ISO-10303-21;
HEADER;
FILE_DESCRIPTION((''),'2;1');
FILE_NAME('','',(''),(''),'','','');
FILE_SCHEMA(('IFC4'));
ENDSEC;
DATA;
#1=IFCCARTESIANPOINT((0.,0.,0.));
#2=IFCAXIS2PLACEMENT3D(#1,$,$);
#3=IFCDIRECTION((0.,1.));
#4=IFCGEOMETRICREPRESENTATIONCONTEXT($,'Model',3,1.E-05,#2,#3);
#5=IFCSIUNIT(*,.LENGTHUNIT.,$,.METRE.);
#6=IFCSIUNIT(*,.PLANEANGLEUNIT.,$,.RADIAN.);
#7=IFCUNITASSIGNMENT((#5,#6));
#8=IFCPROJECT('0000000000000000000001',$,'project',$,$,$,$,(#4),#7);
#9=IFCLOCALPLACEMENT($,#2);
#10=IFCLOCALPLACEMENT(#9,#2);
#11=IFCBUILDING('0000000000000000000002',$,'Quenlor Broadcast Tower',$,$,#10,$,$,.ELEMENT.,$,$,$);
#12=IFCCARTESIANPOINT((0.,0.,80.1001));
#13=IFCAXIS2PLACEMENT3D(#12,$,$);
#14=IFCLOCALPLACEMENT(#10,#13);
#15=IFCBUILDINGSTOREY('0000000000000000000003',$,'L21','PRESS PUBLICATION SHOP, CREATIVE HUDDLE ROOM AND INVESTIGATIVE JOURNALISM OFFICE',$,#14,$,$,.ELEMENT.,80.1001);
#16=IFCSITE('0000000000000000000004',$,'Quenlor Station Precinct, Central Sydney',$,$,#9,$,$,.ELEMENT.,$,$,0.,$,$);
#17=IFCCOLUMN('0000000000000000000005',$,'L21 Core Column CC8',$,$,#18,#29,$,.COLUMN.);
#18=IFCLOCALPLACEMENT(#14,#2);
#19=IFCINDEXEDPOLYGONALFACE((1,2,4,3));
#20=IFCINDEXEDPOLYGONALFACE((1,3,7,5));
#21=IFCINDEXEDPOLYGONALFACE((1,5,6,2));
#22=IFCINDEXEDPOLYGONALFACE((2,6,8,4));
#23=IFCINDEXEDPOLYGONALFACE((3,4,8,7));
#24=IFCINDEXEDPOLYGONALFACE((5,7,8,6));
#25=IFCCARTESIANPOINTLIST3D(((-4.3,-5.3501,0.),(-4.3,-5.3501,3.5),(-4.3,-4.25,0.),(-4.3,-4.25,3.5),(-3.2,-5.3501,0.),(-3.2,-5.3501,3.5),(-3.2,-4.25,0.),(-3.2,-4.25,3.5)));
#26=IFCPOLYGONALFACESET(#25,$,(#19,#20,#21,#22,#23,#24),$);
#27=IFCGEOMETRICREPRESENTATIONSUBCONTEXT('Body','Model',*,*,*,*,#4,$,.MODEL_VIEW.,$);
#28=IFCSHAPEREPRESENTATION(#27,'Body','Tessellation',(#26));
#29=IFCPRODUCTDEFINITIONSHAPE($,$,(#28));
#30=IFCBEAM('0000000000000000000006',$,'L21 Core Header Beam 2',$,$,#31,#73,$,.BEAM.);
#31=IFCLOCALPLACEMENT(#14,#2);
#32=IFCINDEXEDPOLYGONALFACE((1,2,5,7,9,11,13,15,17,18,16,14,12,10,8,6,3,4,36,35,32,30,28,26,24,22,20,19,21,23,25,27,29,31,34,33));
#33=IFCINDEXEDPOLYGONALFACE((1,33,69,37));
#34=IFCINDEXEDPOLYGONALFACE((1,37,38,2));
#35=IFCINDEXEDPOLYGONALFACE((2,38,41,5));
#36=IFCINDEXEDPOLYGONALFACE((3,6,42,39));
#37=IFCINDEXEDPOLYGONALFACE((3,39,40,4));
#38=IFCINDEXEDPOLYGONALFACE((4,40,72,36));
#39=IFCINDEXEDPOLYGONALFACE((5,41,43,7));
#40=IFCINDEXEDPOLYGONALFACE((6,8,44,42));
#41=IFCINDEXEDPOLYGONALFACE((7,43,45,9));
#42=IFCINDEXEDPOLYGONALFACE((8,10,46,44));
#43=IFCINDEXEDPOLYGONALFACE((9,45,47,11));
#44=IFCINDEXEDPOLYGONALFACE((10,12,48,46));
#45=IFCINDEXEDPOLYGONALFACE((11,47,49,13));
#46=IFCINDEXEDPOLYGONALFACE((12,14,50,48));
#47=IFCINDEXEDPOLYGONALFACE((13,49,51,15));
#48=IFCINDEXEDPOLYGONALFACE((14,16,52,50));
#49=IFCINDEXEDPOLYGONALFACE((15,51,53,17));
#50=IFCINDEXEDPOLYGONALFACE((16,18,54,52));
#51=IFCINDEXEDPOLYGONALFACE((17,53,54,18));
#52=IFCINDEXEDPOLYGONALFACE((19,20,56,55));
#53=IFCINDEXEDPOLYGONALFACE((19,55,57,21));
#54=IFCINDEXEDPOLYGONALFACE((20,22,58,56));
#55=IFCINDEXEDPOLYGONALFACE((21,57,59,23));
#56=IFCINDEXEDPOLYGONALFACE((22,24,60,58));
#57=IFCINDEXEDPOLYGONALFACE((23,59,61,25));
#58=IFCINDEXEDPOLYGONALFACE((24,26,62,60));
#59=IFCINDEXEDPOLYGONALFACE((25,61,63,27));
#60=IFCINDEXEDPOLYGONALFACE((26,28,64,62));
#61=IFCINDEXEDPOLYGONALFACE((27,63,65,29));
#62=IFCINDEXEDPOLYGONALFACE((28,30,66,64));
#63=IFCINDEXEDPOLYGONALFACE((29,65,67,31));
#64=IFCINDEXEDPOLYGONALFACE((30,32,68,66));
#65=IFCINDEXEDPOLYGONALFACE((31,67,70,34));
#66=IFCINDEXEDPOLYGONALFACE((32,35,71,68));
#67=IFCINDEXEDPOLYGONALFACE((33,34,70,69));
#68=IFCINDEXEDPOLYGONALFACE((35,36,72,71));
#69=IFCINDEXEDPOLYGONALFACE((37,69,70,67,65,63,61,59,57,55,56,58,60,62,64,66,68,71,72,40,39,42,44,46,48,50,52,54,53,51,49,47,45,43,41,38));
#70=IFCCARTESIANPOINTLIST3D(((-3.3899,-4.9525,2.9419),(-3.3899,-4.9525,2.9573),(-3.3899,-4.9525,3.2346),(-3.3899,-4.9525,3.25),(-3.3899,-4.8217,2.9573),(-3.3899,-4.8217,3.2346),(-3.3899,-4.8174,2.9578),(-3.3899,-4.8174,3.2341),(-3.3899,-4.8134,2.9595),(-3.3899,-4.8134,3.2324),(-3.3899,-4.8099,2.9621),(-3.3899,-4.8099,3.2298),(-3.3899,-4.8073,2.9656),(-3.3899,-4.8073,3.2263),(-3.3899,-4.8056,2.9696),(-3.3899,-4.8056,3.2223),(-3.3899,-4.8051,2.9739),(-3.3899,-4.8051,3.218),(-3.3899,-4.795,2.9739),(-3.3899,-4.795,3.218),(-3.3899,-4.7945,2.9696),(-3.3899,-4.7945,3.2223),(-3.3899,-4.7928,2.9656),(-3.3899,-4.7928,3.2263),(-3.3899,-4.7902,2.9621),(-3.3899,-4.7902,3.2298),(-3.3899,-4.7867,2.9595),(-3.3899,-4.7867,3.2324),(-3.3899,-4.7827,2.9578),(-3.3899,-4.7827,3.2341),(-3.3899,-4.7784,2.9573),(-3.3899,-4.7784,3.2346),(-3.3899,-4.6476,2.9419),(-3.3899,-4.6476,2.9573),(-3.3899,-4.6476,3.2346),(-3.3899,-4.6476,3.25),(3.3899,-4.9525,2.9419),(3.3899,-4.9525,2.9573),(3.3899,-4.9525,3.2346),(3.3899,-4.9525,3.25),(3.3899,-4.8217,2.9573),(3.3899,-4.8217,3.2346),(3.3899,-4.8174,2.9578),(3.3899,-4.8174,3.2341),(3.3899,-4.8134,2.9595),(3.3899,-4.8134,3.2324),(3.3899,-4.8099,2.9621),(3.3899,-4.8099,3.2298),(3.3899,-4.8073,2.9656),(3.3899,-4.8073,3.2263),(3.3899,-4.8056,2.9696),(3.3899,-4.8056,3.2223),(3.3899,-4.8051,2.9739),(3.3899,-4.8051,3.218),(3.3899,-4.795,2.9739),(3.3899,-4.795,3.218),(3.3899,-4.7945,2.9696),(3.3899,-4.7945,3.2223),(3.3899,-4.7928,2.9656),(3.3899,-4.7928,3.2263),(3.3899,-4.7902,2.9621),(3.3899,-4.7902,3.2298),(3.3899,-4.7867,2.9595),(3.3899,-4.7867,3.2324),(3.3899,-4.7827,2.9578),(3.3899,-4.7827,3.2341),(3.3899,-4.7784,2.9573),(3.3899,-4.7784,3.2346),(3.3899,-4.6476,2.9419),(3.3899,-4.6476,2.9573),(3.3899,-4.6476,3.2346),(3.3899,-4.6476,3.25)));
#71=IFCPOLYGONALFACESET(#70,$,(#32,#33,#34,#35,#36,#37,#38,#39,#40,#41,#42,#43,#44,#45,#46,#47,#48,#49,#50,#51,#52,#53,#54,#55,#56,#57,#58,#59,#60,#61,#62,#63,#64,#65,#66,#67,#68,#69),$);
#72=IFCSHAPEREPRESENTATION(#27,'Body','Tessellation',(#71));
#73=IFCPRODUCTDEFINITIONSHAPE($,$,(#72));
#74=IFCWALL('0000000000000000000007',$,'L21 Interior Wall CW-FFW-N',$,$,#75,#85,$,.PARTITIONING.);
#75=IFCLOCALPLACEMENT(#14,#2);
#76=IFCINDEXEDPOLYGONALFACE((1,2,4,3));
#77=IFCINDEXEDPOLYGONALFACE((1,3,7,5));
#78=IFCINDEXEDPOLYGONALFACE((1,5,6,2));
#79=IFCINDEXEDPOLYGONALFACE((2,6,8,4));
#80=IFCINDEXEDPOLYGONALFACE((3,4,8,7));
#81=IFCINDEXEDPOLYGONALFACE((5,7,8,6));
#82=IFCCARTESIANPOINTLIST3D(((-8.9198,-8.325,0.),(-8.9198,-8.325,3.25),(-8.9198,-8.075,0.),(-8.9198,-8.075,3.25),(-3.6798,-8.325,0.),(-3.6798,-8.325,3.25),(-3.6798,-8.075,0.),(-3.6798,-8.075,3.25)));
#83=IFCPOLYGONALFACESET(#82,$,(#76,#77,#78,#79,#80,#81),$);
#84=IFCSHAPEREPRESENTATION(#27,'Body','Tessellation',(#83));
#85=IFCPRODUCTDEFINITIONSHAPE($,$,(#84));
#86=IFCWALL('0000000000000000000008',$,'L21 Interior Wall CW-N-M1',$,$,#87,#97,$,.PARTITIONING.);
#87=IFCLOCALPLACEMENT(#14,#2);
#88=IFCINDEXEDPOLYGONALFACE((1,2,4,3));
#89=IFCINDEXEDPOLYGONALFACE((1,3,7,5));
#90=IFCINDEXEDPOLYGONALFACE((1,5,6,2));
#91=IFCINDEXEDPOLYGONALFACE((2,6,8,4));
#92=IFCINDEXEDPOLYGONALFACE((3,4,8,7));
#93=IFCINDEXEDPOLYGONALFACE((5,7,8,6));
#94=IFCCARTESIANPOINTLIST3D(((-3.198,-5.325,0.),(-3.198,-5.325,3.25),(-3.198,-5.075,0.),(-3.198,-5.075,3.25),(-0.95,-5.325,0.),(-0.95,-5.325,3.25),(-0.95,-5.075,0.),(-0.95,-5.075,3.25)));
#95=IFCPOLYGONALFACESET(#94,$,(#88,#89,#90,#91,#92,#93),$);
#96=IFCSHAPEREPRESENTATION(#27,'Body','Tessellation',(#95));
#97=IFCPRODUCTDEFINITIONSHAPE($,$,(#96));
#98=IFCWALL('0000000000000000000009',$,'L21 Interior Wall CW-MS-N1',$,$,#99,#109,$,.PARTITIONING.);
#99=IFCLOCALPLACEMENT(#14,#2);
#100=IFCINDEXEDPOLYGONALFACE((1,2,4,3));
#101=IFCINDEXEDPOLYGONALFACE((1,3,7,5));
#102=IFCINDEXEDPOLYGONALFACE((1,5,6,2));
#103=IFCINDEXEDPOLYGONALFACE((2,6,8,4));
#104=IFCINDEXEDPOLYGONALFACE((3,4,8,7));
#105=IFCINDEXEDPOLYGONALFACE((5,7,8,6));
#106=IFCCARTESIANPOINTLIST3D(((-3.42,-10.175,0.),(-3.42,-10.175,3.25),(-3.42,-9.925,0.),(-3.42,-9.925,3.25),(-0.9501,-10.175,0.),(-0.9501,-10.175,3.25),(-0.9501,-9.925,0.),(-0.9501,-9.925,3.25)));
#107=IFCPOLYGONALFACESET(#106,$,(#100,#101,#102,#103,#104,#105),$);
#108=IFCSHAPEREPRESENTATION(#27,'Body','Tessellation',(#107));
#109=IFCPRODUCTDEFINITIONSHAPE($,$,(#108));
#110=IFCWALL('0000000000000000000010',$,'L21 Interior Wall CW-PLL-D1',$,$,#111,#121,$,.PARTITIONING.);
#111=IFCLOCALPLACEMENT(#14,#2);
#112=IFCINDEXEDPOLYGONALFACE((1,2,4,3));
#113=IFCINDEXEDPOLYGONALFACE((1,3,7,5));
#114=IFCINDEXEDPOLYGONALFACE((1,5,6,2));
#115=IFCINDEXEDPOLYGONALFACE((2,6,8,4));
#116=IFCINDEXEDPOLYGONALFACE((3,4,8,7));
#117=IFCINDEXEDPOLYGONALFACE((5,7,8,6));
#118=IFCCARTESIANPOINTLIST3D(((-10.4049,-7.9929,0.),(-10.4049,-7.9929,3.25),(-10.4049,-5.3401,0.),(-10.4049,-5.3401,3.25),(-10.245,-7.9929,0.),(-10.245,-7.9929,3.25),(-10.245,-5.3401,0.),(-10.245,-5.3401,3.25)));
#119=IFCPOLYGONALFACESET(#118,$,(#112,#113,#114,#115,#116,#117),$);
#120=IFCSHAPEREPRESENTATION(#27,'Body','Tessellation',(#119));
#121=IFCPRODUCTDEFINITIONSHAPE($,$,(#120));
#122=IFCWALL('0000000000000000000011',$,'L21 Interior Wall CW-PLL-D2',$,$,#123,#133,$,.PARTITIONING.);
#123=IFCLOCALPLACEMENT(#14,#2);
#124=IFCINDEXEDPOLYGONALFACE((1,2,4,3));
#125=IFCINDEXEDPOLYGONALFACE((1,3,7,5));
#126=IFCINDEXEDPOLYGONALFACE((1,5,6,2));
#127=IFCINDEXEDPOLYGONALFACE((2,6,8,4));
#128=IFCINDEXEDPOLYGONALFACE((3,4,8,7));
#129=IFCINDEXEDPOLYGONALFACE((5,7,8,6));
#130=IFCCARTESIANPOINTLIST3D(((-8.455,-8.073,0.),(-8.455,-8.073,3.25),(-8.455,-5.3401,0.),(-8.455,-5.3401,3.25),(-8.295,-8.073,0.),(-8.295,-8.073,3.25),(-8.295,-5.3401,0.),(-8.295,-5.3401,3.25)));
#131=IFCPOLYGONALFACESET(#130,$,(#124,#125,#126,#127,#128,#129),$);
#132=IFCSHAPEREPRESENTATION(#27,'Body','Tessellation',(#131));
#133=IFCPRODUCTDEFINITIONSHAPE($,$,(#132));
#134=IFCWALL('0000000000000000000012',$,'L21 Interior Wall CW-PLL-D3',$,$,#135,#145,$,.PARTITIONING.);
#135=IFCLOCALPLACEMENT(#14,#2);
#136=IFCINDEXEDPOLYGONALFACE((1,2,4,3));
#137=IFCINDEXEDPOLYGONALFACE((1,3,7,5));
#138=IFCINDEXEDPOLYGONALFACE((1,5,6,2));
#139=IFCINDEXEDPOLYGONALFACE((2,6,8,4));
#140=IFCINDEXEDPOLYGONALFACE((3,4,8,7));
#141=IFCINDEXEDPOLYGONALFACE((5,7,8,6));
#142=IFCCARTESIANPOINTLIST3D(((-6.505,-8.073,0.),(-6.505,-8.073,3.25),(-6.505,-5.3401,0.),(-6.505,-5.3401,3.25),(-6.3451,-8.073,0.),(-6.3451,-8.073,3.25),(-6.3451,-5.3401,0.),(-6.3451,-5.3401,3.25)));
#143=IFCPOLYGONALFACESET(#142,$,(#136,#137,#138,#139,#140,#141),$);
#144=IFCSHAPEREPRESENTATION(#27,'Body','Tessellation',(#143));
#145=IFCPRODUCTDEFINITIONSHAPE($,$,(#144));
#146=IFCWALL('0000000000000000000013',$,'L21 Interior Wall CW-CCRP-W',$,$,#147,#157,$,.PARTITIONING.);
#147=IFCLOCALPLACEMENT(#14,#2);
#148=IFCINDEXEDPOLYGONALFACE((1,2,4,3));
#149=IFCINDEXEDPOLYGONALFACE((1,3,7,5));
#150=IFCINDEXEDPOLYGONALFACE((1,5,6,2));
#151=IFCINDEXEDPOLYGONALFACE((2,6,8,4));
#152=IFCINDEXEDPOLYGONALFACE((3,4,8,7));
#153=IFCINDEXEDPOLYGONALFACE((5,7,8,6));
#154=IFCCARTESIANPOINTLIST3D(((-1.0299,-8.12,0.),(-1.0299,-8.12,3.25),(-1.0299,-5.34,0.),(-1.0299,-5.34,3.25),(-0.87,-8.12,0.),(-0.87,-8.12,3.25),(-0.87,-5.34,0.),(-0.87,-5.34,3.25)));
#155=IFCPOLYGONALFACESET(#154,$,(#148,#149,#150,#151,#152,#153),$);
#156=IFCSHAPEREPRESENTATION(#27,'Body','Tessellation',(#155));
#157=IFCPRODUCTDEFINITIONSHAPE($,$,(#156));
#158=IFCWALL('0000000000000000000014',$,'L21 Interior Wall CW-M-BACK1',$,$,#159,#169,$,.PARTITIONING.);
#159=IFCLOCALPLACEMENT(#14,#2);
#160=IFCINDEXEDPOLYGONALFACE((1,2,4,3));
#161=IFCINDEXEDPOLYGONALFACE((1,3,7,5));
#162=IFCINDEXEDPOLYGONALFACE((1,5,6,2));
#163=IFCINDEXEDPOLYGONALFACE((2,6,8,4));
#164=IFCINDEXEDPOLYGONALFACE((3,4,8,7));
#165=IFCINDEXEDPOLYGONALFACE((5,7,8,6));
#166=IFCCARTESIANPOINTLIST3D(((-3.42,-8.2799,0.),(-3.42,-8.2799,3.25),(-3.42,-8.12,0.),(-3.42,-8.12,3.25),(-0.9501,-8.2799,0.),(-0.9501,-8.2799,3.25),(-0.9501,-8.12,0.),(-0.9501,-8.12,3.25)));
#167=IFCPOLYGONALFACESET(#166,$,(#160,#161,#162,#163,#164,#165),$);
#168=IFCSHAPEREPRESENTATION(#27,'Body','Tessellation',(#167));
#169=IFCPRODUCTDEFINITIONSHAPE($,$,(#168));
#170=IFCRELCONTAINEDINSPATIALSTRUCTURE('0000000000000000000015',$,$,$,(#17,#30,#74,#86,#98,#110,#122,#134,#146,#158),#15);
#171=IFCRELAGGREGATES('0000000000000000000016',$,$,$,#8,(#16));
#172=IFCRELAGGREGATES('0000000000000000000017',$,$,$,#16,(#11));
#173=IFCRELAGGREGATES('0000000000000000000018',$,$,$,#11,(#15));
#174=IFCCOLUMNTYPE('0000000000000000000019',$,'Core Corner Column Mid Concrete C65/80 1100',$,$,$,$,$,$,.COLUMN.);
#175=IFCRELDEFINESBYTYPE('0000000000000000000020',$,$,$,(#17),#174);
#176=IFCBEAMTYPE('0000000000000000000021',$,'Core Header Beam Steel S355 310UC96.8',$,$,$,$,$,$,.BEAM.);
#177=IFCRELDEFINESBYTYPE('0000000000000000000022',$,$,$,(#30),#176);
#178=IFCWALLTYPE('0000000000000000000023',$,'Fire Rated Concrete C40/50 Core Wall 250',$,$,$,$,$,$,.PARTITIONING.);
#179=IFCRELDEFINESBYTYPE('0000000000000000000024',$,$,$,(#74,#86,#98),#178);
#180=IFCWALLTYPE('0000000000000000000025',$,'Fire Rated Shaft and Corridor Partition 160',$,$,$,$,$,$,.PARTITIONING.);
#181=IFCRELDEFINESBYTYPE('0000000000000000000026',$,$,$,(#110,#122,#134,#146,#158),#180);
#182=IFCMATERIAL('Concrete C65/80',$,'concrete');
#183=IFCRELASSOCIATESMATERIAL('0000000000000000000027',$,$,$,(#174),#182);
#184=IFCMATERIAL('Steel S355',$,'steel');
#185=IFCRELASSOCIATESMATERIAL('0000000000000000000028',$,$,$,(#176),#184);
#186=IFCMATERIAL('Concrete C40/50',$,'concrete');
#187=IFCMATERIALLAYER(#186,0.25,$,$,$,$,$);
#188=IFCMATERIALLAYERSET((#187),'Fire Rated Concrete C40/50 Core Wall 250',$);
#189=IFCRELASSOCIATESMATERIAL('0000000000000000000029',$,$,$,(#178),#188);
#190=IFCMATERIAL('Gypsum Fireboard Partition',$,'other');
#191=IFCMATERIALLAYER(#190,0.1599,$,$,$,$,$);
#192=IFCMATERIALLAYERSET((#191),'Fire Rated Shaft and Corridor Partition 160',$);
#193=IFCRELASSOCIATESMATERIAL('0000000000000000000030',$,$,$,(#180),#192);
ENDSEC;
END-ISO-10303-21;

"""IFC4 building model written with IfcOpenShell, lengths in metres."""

from ifc_helpers import new_model, si_unit, direction, frame, frame_2d, origin, origin_2d, place, context, subcontext, project, spatial, rectangle, i_section, extrude, material, layer, layer_set, material_profile, profile_set, type_object, element, save


model = new_model("IFC4")

# Units and contexts
model_context = context("Model", 3, precision=1e-05, world=origin(), true_north=direction((0.0, 1.0)))
body_context = subcontext(model_context, "Body", "Model", "MODEL_VIEW")
ifc_project = project(units=[si_unit("LENGTHUNIT", "METRE"), si_unit("PLANEANGLEUNIT", "RADIAN")], contexts=[model_context])

# Site, building, storey
site_placement = place(None, origin())
site = spatial("IfcSite", under=ifc_project, at=site_placement, Name="Quenlor Station Precinct, Central Sydney", CompositionType="ELEMENT", RefElevation=0.0)
building_placement = place(site_placement, origin())
building = spatial("IfcBuilding", under=site, at=building_placement, Name="Quenlor Broadcast Tower", CompositionType="ELEMENT")
storey_placement = place(building_placement, frame((0.0, 0.0, 80.1001)))
storey = spatial("IfcBuildingStorey", under=building, at=storey_placement, Name="L21", Description="PRESS PUBLICATION SHOP, CREATIVE HUDDLE ROOM AND INVESTIGATIVE JOURNALISM OFFICE", CompositionType="ELEMENT", Elevation=80.1001)

# Column
ifc_material_1 = material(Name="Concrete C65/80", Category="concrete")
ifc_material_profile_1 = material_profile(ifc_material_1, rectangle(XDim=1.1001, YDim=1.1001, at=origin_2d()))
ifc_profile_set_1 = profile_set([ifc_material_profile_1], Name="Concrete C65/80 RC1100x1100")
column_type = type_object("IfcColumnType", Name="Core Corner Column Mid Concrete C65/80 1100", PredefinedType="COLUMN", material=ifc_profile_set_1)
column_placement = place(storey_placement, frame((-3.75, -4.8, 0.0), z_axis=(0.0, 0.0, 1.0), x_axis=(1.0, 0.0, 0.0)))
element("IfcColumn", 1, at=column_placement, inside=storey, type_object=column_type, Name="L21 Core Column CC8", PredefinedType="COLUMN", context=body_context, shape_type="SweptSolid", body=[
    extrude(rectangle(XDim=1.1001, YDim=1.1001, at=origin_2d()), origin(), (0.0, 0.0, 1.0), 3.5),
])

# Beam
ifc_material_2 = material(Name="Steel S355", Category="steel")
ifc_material_profile_2 = material_profile(ifc_material_2, i_section(OverallWidth=0.3049, OverallDepth=0.3081, WebThickness=0.01, FlangeThickness=0.0154, FilletRadius=0.0166, at=origin_2d()))
ifc_profile_set_2 = profile_set([ifc_material_profile_2], Name="Steel S355 310UC96.8")
beam_type = type_object("IfcBeamType", Name="Core Header Beam Steel S355 310UC96.8", PredefinedType="BEAM", material=ifc_profile_set_2)
beam_placement = place(storey_placement, frame((-3.3899, -4.8, 3.0959), z_axis=(1.0, 0.0, 0.0), x_axis=(0.0, 1.0, 0.0)))
element("IfcBeam", 2, at=beam_placement, inside=storey, type_object=beam_type, Name="L21 Core Header Beam 2", PredefinedType="BEAM", context=body_context, shape_type="SweptSolid", body=[
    extrude(i_section(OverallWidth=0.3049, OverallDepth=0.3081, WebThickness=0.01, FlangeThickness=0.0154, FilletRadius=0.0166, at=origin_2d()), origin(), (0.0, 0.0, 1.0), 6.7798),
])

# Shared definitions
ifc_material_3 = material(Name="Concrete C40/50", Category="concrete")
ifc_layer_1 = layer(ifc_material_3, 0.25)
ifc_layer_set_1 = layer_set([ifc_layer_1], Name="Fire Rated Concrete C40/50 Core Wall 250")
wall_type_1 = type_object("IfcWallType", Name="Fire Rated Concrete C40/50 Core Wall 250", PredefinedType="PARTITIONING", material=ifc_layer_set_1)

# Walls
wall_1_placement = place(storey_placement, frame((-8.9199, -8.2, 0.0), z_axis=(0.0, 0.0, 1.0), x_axis=(1.0, 0.0, 0.0)))
element("IfcWall", 3, at=wall_1_placement, inside=storey, type_object=wall_type_1, Name="L21 Interior Wall CW-FFW-N", PredefinedType="PARTITIONING", context=body_context, shape_type="SweptSolid", body=[
    extrude(rectangle(XDim=5.24, YDim=0.25, at=frame_2d((2.6201, 0.0))), origin(), (0.0, 0.0, 1.0), 3.25),
])
wall_2_placement = place(storey_placement, frame((-3.198, -5.2, 0.0), z_axis=(0.0, 0.0, 1.0), x_axis=(1.0, 0.0, 0.0)))
element("IfcWall", 4, at=wall_2_placement, inside=storey, type_object=wall_type_1, Name="L21 Interior Wall CW-N-M1", PredefinedType="PARTITIONING", context=body_context, shape_type="SweptSolid", body=[
    extrude(rectangle(XDim=2.248, YDim=0.25, at=frame_2d((1.124, 0.0))), origin(), (0.0, 0.0, 1.0), 3.25),
])
wall_3_placement = place(storey_placement, frame((-3.4199, -10.05, 0.0), z_axis=(0.0, 0.0, 1.0), x_axis=(1.0, 0.0, 0.0)))
element("IfcWall", 5, at=wall_3_placement, inside=storey, type_object=wall_type_1, Name="L21 Interior Wall CW-MS-N1", PredefinedType="PARTITIONING", context=body_context, shape_type="SweptSolid", body=[
    extrude(rectangle(XDim=2.47, YDim=0.25, at=frame_2d((1.2349, 0.0))), origin(), (0.0, 0.0, 1.0), 3.25),
])
ifc_material_4 = material(Name="Gypsum Fireboard Partition", Category="other")
ifc_layer_2 = layer(ifc_material_4, 0.1599)
ifc_layer_set_2 = layer_set([ifc_layer_2], Name="Fire Rated Shaft and Corridor Partition 160")
wall_type_2 = type_object("IfcWallType", Name="Fire Rated Shaft and Corridor Partition 160", PredefinedType="PARTITIONING", material=ifc_layer_set_2)
wall_4_placement = place(storey_placement, frame((-10.325, -7.9929, 0.0), z_axis=(0.0, 0.0, 1.0), x_axis=(0.0, 1.0, 0.0)))
element("IfcWall", 6, at=wall_4_placement, inside=storey, type_object=wall_type_2, Name="L21 Interior Wall CW-PLL-D1", PredefinedType="PARTITIONING", context=body_context, shape_type="SweptSolid", body=[
    extrude(rectangle(XDim=2.6528, YDim=0.1599, at=frame_2d((1.3264, 0.0))), origin(), (0.0, 0.0, 1.0), 3.25),
])
for number, where, z_axis, x_axis, name in (
    (7, (-8.375, -8.073, 0.0), (0.0, 0.0, 1.0), (0.0, 1.0, 0.0), "L21 Interior Wall CW-PLL-D2"),
    (8, (-6.425, -8.073, 0.0), (0.0, 0.0, 1.0), (0.0, 1.0, 0.0), "L21 Interior Wall CW-PLL-D3"),
):
    element("IfcWall", number, at=place(storey_placement, frame(where, z_axis=z_axis, x_axis=x_axis)), inside=storey, type_object=wall_type_2, Name=name, PredefinedType="PARTITIONING", context=body_context, shape_type="SweptSolid", body=[
        extrude(rectangle(XDim=2.7329, YDim=0.1599, at=frame_2d((1.3665, 0.0))), origin(), (0.0, 0.0, 1.0), 3.25),
    ])
wall_5_placement = place(storey_placement, frame((-0.95, -8.1201, 0.0), z_axis=(0.0, 0.0, 1.0), x_axis=(0.0, 1.0, 0.0)))
element("IfcWall", 9, at=wall_5_placement, inside=storey, type_object=wall_type_2, Name="L21 Interior Wall CW-CCRP-W", PredefinedType="PARTITIONING", context=body_context, shape_type="SweptSolid", body=[
    extrude(rectangle(XDim=2.78, YDim=0.1599, at=frame_2d((1.3901, 0.0))), origin(), (0.0, 0.0, 1.0), 3.25),
])
wall_6_placement = place(storey_placement, frame((-3.4199, -8.2, 0.0), z_axis=(0.0, 0.0, 1.0), x_axis=(1.0, 0.0, 0.0)))
element("IfcWall", 10, at=wall_6_placement, inside=storey, type_object=wall_type_2, Name="L21 Interior Wall CW-M-BACK1", PredefinedType="PARTITIONING", context=body_context, shape_type="SweptSolid", body=[
    extrude(rectangle(XDim=2.47, YDim=0.1599, at=frame_2d((1.2349, 0.0))), origin(), (0.0, 0.0, 1.0), 3.25),
])

save(model, "model.ifc")
